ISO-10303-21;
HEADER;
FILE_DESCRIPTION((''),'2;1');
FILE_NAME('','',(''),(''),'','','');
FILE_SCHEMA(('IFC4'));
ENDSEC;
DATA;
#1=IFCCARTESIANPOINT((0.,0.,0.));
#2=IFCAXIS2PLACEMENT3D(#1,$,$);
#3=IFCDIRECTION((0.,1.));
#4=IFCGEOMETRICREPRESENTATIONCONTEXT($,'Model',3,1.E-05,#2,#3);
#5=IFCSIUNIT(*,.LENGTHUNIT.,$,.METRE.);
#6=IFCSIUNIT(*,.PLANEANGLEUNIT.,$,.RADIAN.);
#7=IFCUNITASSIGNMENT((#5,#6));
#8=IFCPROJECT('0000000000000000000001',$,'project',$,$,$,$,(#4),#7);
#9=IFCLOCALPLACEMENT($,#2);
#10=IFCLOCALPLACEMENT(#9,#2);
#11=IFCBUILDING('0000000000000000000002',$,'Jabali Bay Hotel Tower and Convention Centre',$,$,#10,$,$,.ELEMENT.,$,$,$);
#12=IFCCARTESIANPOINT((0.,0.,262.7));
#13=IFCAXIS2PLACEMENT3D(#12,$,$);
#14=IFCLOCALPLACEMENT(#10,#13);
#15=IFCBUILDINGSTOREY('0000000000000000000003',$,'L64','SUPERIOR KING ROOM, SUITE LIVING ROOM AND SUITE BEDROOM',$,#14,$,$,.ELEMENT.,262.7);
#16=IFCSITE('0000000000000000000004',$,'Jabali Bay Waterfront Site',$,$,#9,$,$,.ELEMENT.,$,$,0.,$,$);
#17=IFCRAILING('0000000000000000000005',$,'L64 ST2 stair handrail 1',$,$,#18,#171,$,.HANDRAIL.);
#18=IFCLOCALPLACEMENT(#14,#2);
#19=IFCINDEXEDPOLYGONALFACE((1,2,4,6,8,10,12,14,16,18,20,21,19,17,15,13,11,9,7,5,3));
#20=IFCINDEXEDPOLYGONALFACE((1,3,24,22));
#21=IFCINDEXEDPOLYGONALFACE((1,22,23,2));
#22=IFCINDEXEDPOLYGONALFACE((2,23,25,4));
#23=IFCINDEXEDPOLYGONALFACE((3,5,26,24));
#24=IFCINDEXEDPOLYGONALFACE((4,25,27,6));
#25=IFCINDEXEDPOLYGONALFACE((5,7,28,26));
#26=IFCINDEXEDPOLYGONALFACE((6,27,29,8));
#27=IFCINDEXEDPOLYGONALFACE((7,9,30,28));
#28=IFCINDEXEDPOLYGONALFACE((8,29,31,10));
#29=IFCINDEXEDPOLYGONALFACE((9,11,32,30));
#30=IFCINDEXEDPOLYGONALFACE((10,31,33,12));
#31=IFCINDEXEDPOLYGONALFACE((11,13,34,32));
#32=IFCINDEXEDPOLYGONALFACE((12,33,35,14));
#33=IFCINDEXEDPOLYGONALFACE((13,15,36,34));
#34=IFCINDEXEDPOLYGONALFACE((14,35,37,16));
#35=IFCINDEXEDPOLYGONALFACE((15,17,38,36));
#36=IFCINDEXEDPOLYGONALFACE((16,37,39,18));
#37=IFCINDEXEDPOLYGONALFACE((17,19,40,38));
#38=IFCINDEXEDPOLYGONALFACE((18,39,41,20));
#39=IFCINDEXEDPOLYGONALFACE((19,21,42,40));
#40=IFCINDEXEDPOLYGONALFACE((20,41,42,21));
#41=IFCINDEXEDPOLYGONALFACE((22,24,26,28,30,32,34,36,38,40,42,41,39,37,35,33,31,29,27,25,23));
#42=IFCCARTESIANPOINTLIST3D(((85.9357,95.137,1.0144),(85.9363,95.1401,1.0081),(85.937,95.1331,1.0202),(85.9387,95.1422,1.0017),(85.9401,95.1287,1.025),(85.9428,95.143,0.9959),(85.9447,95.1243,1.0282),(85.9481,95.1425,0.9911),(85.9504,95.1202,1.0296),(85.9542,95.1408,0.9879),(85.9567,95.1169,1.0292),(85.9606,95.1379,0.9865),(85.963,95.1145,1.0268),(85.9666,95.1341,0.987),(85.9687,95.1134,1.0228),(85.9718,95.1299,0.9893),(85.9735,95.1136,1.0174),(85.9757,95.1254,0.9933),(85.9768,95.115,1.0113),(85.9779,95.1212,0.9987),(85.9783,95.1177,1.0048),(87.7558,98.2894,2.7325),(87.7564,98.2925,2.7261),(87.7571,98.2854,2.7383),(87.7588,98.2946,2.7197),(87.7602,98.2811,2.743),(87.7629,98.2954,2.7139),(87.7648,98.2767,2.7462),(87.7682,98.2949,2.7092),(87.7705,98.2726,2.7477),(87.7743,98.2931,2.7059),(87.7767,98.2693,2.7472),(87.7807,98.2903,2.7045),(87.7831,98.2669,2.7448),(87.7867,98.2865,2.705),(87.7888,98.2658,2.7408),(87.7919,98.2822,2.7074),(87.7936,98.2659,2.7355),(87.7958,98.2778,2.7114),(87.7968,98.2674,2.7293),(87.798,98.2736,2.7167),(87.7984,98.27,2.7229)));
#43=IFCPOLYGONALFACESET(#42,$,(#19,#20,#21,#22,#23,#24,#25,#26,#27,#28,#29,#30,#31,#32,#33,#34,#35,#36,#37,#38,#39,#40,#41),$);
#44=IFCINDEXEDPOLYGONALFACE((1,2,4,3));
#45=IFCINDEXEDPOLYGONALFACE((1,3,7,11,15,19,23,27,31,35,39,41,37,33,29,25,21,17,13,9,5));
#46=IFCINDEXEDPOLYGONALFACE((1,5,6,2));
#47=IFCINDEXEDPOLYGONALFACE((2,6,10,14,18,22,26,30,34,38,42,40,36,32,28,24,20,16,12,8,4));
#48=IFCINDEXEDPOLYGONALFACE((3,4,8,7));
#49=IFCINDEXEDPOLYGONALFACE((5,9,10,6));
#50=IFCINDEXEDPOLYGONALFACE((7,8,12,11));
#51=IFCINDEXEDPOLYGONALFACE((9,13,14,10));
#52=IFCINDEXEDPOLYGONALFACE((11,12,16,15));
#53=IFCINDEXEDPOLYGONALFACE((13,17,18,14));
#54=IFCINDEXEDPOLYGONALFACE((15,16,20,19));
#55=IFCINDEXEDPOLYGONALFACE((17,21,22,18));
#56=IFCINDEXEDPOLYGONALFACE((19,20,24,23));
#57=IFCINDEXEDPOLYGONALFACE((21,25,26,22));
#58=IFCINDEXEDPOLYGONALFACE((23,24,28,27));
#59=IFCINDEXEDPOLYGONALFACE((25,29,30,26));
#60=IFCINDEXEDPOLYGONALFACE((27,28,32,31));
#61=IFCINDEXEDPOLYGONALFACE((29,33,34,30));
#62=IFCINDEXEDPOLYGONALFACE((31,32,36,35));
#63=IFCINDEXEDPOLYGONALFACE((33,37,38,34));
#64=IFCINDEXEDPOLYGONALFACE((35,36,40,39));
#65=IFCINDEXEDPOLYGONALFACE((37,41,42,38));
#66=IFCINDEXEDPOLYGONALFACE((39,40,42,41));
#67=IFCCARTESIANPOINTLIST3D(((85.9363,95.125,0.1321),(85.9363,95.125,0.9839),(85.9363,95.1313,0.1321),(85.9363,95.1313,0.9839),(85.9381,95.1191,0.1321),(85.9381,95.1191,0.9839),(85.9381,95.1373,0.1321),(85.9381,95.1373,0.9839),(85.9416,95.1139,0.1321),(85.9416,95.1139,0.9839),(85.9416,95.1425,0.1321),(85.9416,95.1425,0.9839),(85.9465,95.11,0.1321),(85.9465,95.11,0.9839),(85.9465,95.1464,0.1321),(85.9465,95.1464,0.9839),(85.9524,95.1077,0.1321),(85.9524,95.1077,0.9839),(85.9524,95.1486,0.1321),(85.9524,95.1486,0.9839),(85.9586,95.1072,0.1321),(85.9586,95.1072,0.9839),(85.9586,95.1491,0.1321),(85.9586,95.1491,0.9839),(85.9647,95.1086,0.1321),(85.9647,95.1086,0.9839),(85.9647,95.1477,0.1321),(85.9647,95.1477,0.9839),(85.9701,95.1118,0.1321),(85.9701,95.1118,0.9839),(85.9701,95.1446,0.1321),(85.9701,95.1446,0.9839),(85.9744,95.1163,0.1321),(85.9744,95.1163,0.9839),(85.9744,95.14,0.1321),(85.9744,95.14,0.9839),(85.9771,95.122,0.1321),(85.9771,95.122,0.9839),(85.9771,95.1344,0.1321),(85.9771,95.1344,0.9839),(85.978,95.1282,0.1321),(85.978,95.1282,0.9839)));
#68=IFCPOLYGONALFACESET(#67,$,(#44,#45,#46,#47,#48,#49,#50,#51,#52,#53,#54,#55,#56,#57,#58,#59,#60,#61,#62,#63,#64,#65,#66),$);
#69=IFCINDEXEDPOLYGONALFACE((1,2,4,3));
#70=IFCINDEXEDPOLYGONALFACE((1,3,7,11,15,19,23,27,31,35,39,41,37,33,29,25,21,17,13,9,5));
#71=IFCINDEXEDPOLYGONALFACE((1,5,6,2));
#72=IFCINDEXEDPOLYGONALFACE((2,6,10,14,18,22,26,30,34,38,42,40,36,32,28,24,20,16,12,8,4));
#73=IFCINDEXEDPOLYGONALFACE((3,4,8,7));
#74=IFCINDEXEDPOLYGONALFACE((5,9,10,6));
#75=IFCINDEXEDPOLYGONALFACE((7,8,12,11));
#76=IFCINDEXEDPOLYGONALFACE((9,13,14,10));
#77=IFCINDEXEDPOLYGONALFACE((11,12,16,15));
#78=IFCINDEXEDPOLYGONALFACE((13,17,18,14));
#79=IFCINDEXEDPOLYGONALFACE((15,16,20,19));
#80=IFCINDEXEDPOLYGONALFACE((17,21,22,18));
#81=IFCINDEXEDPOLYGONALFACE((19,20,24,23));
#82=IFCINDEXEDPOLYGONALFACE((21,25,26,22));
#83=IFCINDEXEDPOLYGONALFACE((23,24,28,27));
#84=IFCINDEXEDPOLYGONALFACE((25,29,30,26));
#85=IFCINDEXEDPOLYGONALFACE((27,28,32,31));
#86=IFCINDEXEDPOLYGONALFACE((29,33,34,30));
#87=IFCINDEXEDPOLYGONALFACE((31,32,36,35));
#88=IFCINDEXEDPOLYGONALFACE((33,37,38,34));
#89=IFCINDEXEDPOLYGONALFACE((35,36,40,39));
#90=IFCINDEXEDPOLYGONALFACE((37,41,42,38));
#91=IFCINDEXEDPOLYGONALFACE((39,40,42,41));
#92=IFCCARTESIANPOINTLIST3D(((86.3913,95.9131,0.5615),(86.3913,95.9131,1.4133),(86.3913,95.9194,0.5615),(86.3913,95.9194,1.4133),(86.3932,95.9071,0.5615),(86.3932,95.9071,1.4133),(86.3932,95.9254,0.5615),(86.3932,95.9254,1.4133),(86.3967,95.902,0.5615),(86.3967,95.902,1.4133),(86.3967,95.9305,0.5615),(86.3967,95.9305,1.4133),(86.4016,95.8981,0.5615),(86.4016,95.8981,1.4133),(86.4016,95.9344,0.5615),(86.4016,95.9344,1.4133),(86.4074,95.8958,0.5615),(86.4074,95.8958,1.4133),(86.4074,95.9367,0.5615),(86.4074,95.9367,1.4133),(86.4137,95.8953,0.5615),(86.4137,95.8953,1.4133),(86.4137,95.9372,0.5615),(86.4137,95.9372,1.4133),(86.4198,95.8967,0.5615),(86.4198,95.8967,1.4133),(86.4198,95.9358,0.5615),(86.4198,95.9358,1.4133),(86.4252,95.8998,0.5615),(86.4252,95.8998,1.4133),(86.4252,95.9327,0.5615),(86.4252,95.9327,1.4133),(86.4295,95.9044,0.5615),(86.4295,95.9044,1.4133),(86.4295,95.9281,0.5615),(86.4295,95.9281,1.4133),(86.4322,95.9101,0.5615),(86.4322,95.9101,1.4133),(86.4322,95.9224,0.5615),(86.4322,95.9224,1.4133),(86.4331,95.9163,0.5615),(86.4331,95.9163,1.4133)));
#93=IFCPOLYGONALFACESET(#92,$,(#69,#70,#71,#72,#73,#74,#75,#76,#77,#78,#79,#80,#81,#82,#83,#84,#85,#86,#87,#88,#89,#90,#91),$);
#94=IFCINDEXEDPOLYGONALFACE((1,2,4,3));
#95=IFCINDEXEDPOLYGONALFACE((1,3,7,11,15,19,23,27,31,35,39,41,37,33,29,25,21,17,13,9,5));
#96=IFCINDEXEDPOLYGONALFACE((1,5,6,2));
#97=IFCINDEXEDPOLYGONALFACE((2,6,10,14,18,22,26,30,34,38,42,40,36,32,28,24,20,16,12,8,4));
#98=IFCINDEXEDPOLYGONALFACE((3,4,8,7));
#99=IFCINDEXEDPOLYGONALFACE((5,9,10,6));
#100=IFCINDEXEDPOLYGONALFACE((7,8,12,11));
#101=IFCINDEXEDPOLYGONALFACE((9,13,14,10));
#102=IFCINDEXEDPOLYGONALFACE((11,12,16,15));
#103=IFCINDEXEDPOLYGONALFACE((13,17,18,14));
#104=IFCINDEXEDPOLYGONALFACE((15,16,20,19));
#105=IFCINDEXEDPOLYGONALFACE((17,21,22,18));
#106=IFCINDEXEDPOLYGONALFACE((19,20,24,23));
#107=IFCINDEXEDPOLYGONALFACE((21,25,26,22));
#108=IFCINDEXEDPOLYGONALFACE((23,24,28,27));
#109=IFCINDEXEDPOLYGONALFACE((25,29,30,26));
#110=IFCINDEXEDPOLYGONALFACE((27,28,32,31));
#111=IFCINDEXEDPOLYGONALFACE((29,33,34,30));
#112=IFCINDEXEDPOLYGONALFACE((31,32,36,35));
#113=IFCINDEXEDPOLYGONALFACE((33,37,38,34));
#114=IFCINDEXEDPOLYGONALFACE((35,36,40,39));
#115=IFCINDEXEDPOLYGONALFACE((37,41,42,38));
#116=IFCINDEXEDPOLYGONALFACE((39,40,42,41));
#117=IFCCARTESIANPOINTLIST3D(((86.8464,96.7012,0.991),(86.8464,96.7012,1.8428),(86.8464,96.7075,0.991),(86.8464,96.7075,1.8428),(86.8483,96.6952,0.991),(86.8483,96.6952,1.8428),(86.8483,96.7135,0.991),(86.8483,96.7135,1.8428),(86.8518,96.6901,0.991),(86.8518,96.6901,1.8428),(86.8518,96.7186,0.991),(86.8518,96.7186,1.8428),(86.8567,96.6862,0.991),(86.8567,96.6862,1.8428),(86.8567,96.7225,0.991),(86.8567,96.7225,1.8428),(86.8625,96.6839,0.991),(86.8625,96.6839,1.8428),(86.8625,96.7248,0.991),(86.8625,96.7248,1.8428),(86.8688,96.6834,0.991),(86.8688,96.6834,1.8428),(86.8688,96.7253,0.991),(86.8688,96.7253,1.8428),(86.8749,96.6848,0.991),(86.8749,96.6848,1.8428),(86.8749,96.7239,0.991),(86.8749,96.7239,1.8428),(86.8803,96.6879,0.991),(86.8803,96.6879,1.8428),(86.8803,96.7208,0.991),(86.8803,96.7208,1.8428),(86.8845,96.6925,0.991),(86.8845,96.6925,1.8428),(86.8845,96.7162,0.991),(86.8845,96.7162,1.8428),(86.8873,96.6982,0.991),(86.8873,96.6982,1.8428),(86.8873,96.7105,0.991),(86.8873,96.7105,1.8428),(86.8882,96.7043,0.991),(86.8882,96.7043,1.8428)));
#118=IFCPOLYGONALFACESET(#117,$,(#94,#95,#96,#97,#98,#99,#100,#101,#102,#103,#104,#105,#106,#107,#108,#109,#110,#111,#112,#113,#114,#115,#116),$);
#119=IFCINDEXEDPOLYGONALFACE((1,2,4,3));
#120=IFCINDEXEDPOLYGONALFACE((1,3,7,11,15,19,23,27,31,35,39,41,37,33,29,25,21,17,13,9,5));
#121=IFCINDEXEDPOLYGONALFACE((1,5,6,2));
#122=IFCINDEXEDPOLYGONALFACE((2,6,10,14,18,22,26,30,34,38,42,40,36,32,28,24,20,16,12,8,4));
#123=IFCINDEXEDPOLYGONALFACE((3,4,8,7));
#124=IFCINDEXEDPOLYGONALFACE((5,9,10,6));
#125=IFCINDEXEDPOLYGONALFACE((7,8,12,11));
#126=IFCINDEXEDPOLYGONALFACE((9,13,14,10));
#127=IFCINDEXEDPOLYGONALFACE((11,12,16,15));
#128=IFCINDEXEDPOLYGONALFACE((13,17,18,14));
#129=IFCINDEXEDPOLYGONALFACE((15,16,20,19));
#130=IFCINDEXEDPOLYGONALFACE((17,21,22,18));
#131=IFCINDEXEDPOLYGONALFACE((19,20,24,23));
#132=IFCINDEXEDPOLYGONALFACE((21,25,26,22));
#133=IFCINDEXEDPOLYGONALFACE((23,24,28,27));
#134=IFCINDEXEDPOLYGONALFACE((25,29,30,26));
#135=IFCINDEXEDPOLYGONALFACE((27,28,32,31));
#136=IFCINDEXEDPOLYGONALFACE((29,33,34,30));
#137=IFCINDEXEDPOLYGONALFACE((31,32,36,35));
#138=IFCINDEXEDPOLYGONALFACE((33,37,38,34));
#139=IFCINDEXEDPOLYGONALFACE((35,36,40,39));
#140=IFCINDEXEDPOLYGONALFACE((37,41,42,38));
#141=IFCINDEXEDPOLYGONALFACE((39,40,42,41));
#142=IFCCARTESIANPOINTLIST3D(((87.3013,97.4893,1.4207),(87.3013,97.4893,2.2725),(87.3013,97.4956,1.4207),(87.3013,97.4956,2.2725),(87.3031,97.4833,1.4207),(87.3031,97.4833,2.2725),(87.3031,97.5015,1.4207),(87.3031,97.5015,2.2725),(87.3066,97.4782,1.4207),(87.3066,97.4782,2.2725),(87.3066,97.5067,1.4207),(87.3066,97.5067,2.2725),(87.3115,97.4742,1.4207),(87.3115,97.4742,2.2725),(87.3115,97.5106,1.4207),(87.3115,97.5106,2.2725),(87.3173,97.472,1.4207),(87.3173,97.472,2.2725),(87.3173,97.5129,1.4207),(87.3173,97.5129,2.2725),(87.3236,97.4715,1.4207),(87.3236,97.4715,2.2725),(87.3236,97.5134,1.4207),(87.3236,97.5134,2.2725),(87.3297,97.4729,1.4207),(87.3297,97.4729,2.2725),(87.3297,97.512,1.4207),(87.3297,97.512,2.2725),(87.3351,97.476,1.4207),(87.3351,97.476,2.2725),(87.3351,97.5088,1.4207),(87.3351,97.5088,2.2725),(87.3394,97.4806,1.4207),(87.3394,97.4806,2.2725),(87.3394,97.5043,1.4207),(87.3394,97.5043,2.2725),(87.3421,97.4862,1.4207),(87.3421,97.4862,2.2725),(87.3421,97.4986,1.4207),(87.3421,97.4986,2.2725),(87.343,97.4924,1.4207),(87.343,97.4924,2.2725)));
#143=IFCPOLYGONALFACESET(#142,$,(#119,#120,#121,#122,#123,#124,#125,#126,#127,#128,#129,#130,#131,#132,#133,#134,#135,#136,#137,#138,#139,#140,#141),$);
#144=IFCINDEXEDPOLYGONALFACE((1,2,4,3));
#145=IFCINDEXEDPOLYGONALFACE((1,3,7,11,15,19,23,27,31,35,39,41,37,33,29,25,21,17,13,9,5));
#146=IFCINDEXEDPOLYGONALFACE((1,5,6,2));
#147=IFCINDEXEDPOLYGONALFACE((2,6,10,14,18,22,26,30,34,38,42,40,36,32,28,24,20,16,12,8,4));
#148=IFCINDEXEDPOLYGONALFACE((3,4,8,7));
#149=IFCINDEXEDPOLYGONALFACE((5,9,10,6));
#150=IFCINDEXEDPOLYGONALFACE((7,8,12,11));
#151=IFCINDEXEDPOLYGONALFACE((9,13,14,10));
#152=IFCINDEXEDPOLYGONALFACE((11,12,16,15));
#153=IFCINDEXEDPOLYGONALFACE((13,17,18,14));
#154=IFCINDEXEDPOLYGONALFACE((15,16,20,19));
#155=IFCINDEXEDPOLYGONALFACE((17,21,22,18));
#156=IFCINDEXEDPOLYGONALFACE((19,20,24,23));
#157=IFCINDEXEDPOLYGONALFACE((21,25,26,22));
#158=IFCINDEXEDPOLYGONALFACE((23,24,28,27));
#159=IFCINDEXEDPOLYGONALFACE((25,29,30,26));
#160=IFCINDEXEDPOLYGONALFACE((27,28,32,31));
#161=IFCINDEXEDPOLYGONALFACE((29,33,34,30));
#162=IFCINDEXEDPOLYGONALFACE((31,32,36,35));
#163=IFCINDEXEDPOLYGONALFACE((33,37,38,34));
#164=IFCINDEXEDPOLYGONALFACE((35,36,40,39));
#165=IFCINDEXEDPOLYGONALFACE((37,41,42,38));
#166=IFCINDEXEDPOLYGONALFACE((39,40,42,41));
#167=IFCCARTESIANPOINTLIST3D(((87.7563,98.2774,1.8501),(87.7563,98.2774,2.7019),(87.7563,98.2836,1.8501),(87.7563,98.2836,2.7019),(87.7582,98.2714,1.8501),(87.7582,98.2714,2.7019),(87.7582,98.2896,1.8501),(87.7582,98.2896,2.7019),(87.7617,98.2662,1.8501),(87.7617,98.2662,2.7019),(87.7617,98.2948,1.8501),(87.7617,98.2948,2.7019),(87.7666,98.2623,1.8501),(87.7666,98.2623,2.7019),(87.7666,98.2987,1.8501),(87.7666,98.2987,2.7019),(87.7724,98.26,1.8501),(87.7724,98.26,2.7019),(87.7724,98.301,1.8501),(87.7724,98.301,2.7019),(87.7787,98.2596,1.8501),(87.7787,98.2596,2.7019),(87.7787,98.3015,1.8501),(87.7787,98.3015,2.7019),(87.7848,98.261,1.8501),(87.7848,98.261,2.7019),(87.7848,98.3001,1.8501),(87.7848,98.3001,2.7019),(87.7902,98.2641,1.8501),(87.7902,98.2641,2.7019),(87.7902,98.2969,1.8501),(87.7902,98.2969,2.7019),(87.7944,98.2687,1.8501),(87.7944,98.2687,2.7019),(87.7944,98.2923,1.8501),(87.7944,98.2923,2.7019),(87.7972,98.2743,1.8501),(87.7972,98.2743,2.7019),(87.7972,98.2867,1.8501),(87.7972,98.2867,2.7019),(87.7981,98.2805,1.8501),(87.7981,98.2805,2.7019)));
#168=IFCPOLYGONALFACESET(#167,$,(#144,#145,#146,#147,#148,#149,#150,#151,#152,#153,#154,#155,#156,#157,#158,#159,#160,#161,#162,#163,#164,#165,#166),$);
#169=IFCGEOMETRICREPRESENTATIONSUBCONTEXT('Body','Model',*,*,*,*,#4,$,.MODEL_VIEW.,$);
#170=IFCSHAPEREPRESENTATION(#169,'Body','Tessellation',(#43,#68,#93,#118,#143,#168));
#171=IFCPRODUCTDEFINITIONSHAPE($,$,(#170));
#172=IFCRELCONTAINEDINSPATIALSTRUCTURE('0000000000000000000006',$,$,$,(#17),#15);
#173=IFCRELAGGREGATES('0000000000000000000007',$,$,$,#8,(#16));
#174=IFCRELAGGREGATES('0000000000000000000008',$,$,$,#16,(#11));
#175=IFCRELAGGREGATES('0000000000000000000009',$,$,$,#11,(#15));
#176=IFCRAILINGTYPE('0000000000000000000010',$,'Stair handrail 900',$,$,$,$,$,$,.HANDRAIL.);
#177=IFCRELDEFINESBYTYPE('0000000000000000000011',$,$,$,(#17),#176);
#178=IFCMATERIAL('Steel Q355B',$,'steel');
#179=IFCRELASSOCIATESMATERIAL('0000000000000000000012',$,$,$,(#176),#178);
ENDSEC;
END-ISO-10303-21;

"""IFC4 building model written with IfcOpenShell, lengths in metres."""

from ifc_helpers import new_model, si_unit, direction, frame, origin, origin_2d, place, context, subcontext, project, spatial, circle, extrude, material, type_object, element, save


model = new_model("IFC4")

# Units and contexts
model_context = context("Model", 3, precision=1e-05, world=origin(), true_north=direction((0.0, 1.0)))
body_context = subcontext(model_context, "Body", "Model", "MODEL_VIEW")
ifc_project = project(units=[si_unit("LENGTHUNIT", "METRE"), si_unit("PLANEANGLEUNIT", "RADIAN")], contexts=[model_context])

# Site, building, storey
site_placement = place(None, origin())
site = spatial("IfcSite", under=ifc_project, at=site_placement, Name="Jabali Bay Waterfront Site", CompositionType="ELEMENT", RefElevation=0.0)
building_placement = place(site_placement, origin())
building = spatial("IfcBuilding", under=site, at=building_placement, Name="Jabali Bay Hotel Tower and Convention Centre", CompositionType="ELEMENT")
storey_placement = place(building_placement, frame((0.0, 0.0, 262.7)))
storey = spatial("IfcBuildingStorey", under=building, at=storey_placement, Name="L64", Description="SUPERIOR KING ROOM, SUITE LIVING ROOM AND SUITE BEDROOM", CompositionType="ELEMENT", Elevation=262.7)

# Railing
ifc_material_1 = material(Name="Steel Q355B", Category="steel")
railing_type_1 = type_object("IfcRailingType", Name="Stair handrail 900", PredefinedType="HANDRAIL", material=ifc_material_1)
railing_1_placement = place(storey_placement, frame((85.957, 95.1282, 0.1321)))
element("IfcRailing", 1, at=railing_1_placement, inside=storey, type_object=railing_type_1, Name="L64 ST2 stair handrail 1", PredefinedType="HANDRAIL", context=body_context, shape_type="SweptSolid", body=[
    extrude(circle(Radius=0.0239, at=origin_2d()), frame((0.0, 0.0, 0.876), z_axis=(0.452179, 0.78317, 0.426825), x_axis=(-0.866018, 0.500013, 0.0)), (0.0, 0.0, 1.0), 4.0251),
    extrude(circle(Radius=0.021, at=origin_2d()), origin(), (0.0, 0.0, 1.0), 0.8518),
    extrude(circle(Radius=0.021, at=origin_2d()), frame((0.4551, 0.7881, 0.4294)), (0.0, 0.0, 1.0), 0.8518),
    extrude(circle(Radius=0.021, at=origin_2d()), frame((0.9102, 1.5762, 0.8589)), (0.0, 0.0, 1.0), 0.8518),
    extrude(circle(Radius=0.021, at=origin_2d()), frame((1.365, 2.3643, 1.2886)), (0.0, 0.0, 1.0), 0.8518),
    extrude(circle(Radius=0.021, at=origin_2d()), frame((1.8201, 3.1523, 1.718)), (0.0, 0.0, 1.0), 0.8518),
])

save(model, "model.ifc")
